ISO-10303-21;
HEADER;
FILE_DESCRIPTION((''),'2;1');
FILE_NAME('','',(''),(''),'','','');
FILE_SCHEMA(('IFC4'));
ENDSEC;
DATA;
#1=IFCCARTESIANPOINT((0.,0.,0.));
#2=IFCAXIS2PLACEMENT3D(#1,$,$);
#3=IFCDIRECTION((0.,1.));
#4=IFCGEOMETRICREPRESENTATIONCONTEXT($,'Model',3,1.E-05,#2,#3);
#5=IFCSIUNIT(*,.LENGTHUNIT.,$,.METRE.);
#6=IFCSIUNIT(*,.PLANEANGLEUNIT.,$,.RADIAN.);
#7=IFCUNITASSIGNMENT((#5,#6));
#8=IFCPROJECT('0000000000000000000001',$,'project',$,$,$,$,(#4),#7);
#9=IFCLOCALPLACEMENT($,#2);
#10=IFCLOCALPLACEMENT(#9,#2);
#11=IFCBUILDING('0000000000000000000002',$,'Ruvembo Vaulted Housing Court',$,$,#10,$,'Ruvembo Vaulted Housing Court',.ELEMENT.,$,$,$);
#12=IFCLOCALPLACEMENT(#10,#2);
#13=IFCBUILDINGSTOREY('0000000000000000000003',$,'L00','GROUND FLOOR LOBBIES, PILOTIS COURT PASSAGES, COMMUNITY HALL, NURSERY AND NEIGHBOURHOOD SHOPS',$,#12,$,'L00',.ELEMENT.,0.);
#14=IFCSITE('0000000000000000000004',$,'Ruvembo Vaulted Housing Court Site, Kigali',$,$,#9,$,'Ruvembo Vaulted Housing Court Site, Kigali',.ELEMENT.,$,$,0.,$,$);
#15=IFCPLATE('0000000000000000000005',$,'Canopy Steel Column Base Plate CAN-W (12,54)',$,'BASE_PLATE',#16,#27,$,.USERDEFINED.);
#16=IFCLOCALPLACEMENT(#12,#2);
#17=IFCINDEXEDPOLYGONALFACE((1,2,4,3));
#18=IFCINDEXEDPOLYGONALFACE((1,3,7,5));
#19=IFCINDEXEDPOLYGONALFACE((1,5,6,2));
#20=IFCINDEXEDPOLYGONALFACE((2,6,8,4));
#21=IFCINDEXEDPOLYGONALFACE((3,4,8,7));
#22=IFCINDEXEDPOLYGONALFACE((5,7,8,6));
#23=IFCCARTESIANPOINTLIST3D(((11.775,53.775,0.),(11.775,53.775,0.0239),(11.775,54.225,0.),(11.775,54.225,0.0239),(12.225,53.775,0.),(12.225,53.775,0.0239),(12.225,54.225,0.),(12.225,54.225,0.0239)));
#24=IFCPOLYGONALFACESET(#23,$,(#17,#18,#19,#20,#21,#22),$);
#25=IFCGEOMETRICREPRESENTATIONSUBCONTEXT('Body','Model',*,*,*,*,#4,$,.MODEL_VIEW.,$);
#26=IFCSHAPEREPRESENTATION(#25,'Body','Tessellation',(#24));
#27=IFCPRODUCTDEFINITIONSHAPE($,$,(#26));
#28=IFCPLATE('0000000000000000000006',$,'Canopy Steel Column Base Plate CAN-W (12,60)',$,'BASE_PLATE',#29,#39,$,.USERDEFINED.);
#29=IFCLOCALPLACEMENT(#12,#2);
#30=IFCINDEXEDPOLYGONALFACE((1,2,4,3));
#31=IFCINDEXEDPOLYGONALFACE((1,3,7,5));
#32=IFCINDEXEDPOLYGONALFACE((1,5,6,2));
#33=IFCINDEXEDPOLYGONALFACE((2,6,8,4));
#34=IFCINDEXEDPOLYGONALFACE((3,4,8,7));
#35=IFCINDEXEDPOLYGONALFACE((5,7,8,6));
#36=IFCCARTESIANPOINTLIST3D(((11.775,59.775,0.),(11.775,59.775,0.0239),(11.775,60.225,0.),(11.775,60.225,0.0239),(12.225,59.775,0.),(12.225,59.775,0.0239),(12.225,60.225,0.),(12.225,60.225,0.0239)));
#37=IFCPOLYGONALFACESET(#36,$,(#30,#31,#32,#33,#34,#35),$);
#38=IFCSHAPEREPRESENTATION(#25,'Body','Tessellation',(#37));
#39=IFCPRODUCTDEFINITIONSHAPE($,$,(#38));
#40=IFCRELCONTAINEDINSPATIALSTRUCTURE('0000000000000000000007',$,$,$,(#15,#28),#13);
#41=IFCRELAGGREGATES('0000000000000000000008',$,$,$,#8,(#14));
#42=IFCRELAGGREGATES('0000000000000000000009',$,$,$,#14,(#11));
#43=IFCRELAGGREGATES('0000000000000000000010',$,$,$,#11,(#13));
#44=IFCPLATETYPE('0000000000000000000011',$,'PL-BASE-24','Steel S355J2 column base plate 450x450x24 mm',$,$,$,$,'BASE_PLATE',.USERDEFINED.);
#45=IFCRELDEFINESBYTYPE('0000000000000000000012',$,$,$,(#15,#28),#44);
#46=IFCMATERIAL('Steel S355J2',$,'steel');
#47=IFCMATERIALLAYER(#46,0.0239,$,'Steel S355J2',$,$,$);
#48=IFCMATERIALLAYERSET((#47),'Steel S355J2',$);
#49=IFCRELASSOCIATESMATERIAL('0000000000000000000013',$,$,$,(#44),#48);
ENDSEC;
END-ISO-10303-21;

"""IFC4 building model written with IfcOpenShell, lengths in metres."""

from ifc_helpers import new_model, si_unit, direction, frame, origin, origin_2d, place, context, subcontext, project, spatial, rectangle, extrude, material, layer, layer_set, type_object, element, save


model = new_model("IFC4")

# Units and contexts
model_context = context("Model", 3, precision=1e-05, world=origin(), true_north=direction((0.0, 1.0)))
body_context = subcontext(model_context, "Body", "Model", "MODEL_VIEW")
ifc_project = project(units=[si_unit("LENGTHUNIT", "METRE"), si_unit("PLANEANGLEUNIT", "RADIAN")], contexts=[model_context])

# Site, building, storey
site_placement = place(None, origin())
site = spatial("IfcSite", under=ifc_project, at=site_placement, Name="Ruvembo Vaulted Housing Court Site, Kigali", LongName="Ruvembo Vaulted Housing Court Site, Kigali", CompositionType="ELEMENT", RefElevation=0.0)
building_placement = place(site_placement, origin())
building = spatial("IfcBuilding", under=site, at=building_placement, Name="Ruvembo Vaulted Housing Court", LongName="Ruvembo Vaulted Housing Court", CompositionType="ELEMENT")
storey_placement = place(building_placement, origin())
storey = spatial("IfcBuildingStorey", under=building, at=storey_placement, Name="L00", Description="GROUND FLOOR LOBBIES, PILOTIS COURT PASSAGES, COMMUNITY HALL, NURSERY AND NEIGHBOURHOOD SHOPS", LongName="L00", CompositionType="ELEMENT", Elevation=0.0)

# Shared definitions
ifc_material_1 = material(Name="Steel S355J2", Category="steel")

# Plates
ifc_layer_1 = layer(ifc_material_1, 0.0239, Name="Steel S355J2")
ifc_layer_set_1 = layer_set([ifc_layer_1], Name="Steel S355J2")
plate_type_1 = type_object("IfcPlateType", Name="PL-BASE-24", Description="Steel S355J2 column base plate 450x450x24 mm", ElementType="BASE_PLATE", PredefinedType="USERDEFINED", material=ifc_layer_set_1)
for number, where, z_axis, x_axis, name in (
    (1, (12.0, 54.0, 0.0), (0.0, 0.0, 1.0), (1.0, 0.0, 0.0), "Canopy Steel Column Base Plate CAN-W (12,54)"),
    (2, (12.0, 60.0, 0.0), (0.0, 0.0, 1.0), (1.0, 0.0, 0.0), "Canopy Steel Column Base Plate CAN-W (12,60)"),
):
    element("IfcPlate", number, at=place(storey_placement, frame(where, z_axis=z_axis, x_axis=x_axis)), inside=storey, type_object=plate_type_1, Name=name, ObjectType="BASE_PLATE", PredefinedType="USERDEFINED", context=body_context, shape_type="SweptSolid", body=[
        extrude(rectangle(XDim=0.45, YDim=0.45, at=origin_2d()), origin(), (0.0, 0.0, 1.0), 0.0239),
    ])

save(model, "model.ifc")
